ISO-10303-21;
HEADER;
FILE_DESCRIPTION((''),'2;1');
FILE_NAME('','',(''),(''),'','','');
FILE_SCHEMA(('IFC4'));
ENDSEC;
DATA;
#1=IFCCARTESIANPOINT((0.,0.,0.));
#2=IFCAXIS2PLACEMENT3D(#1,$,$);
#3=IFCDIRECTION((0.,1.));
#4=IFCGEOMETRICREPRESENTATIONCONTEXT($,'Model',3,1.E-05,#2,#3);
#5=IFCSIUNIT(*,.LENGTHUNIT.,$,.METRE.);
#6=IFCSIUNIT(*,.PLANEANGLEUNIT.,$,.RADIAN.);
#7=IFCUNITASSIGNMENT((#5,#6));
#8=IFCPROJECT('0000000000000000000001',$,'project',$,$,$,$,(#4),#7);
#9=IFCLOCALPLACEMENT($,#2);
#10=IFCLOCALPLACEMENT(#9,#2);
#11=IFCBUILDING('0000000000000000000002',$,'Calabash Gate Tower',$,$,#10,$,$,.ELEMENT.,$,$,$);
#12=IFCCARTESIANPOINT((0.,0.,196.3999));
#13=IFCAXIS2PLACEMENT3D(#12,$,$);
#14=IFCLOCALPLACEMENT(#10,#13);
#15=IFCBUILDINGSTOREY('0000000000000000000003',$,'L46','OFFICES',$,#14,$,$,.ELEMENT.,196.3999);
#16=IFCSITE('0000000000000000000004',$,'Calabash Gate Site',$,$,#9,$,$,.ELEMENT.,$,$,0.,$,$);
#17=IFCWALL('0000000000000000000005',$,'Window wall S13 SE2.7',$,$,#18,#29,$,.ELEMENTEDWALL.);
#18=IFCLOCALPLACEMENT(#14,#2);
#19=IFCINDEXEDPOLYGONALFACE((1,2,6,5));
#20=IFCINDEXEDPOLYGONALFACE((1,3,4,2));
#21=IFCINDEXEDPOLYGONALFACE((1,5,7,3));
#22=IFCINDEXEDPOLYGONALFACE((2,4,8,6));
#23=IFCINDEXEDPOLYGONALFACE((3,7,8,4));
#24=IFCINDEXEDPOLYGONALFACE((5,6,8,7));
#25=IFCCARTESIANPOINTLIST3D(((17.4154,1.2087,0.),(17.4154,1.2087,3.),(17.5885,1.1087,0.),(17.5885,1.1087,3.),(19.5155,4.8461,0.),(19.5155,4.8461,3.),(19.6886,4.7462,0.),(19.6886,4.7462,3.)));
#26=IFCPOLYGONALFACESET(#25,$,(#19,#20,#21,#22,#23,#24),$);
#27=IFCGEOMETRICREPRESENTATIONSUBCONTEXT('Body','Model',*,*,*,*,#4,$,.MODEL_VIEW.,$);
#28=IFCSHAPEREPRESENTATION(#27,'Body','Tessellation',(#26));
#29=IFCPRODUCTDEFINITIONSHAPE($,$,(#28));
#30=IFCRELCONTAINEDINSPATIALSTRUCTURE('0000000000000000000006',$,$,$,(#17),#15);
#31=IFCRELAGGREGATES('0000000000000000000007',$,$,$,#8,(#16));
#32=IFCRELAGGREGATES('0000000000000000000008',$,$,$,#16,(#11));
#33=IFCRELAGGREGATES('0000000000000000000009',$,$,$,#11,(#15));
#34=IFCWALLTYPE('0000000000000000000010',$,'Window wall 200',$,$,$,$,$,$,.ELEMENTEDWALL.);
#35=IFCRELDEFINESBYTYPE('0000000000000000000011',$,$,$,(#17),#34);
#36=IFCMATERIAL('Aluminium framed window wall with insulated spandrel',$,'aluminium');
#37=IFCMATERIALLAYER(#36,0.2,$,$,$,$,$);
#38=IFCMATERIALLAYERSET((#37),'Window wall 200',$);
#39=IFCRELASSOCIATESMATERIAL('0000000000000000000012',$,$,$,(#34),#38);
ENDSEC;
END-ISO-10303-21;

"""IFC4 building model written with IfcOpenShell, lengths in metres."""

from ifc_helpers import new_model, si_unit, direction, frame, frame_2d, origin, place, context, subcontext, project, spatial, rectangle, extrude, material, layer, layer_set, type_object, element, save


model = new_model("IFC4")

# Units and contexts
model_context = context("Model", 3, precision=1e-05, world=origin(), true_north=direction((0.0, 1.0)))
body_context = subcontext(model_context, "Body", "Model", "MODEL_VIEW")
ifc_project = project(units=[si_unit("LENGTHUNIT", "METRE"), si_unit("PLANEANGLEUNIT", "RADIAN")], contexts=[model_context])

# Site, building, storey
site_placement = place(None, origin())
site = spatial("IfcSite", under=ifc_project, at=site_placement, Name="Calabash Gate Site", CompositionType="ELEMENT", RefElevation=0.0)
building_placement = place(site_placement, origin())
building = spatial("IfcBuilding", under=site, at=building_placement, Name="Calabash Gate Tower", CompositionType="ELEMENT")
storey_placement = place(building_placement, frame((0.0, 0.0, 196.3999)))
storey = spatial("IfcBuildingStorey", under=building, at=storey_placement, Name="L46", Description="OFFICES", CompositionType="ELEMENT", Elevation=196.3999)

# Shared definitions
ifc_material_1 = material(Name="Aluminium framed window wall with insulated spandrel", Category="aluminium")
ifc_layer_1 = layer(ifc_material_1, 0.2)
ifc_layer_set_1 = layer_set([ifc_layer_1], Name="Window wall 200")
wall_type_1 = type_object("IfcWallType", Name="Window wall 200", PredefinedType="ELEMENTEDWALL", material=ifc_layer_set_1)

# Wall
wall_1_placement = place(storey_placement, frame((17.502, 1.1587, 0.0), z_axis=(0.0, 0.0, 1.0), x_axis=(0.500003, 0.866024, 0.0)))
element("IfcWall", 1, at=wall_1_placement, inside=storey, type_object=wall_type_1, Name="Window wall S13 SE2.7", PredefinedType="ELEMENTEDWALL", context=body_context, shape_type="SweptSolid", body=[
    extrude(rectangle(XDim=4.2002, YDim=0.2, at=frame_2d((2.1001, 0.0))), origin(), (0.0, 0.0, 1.0), 3.0),
])

save(model, "model.ifc")
